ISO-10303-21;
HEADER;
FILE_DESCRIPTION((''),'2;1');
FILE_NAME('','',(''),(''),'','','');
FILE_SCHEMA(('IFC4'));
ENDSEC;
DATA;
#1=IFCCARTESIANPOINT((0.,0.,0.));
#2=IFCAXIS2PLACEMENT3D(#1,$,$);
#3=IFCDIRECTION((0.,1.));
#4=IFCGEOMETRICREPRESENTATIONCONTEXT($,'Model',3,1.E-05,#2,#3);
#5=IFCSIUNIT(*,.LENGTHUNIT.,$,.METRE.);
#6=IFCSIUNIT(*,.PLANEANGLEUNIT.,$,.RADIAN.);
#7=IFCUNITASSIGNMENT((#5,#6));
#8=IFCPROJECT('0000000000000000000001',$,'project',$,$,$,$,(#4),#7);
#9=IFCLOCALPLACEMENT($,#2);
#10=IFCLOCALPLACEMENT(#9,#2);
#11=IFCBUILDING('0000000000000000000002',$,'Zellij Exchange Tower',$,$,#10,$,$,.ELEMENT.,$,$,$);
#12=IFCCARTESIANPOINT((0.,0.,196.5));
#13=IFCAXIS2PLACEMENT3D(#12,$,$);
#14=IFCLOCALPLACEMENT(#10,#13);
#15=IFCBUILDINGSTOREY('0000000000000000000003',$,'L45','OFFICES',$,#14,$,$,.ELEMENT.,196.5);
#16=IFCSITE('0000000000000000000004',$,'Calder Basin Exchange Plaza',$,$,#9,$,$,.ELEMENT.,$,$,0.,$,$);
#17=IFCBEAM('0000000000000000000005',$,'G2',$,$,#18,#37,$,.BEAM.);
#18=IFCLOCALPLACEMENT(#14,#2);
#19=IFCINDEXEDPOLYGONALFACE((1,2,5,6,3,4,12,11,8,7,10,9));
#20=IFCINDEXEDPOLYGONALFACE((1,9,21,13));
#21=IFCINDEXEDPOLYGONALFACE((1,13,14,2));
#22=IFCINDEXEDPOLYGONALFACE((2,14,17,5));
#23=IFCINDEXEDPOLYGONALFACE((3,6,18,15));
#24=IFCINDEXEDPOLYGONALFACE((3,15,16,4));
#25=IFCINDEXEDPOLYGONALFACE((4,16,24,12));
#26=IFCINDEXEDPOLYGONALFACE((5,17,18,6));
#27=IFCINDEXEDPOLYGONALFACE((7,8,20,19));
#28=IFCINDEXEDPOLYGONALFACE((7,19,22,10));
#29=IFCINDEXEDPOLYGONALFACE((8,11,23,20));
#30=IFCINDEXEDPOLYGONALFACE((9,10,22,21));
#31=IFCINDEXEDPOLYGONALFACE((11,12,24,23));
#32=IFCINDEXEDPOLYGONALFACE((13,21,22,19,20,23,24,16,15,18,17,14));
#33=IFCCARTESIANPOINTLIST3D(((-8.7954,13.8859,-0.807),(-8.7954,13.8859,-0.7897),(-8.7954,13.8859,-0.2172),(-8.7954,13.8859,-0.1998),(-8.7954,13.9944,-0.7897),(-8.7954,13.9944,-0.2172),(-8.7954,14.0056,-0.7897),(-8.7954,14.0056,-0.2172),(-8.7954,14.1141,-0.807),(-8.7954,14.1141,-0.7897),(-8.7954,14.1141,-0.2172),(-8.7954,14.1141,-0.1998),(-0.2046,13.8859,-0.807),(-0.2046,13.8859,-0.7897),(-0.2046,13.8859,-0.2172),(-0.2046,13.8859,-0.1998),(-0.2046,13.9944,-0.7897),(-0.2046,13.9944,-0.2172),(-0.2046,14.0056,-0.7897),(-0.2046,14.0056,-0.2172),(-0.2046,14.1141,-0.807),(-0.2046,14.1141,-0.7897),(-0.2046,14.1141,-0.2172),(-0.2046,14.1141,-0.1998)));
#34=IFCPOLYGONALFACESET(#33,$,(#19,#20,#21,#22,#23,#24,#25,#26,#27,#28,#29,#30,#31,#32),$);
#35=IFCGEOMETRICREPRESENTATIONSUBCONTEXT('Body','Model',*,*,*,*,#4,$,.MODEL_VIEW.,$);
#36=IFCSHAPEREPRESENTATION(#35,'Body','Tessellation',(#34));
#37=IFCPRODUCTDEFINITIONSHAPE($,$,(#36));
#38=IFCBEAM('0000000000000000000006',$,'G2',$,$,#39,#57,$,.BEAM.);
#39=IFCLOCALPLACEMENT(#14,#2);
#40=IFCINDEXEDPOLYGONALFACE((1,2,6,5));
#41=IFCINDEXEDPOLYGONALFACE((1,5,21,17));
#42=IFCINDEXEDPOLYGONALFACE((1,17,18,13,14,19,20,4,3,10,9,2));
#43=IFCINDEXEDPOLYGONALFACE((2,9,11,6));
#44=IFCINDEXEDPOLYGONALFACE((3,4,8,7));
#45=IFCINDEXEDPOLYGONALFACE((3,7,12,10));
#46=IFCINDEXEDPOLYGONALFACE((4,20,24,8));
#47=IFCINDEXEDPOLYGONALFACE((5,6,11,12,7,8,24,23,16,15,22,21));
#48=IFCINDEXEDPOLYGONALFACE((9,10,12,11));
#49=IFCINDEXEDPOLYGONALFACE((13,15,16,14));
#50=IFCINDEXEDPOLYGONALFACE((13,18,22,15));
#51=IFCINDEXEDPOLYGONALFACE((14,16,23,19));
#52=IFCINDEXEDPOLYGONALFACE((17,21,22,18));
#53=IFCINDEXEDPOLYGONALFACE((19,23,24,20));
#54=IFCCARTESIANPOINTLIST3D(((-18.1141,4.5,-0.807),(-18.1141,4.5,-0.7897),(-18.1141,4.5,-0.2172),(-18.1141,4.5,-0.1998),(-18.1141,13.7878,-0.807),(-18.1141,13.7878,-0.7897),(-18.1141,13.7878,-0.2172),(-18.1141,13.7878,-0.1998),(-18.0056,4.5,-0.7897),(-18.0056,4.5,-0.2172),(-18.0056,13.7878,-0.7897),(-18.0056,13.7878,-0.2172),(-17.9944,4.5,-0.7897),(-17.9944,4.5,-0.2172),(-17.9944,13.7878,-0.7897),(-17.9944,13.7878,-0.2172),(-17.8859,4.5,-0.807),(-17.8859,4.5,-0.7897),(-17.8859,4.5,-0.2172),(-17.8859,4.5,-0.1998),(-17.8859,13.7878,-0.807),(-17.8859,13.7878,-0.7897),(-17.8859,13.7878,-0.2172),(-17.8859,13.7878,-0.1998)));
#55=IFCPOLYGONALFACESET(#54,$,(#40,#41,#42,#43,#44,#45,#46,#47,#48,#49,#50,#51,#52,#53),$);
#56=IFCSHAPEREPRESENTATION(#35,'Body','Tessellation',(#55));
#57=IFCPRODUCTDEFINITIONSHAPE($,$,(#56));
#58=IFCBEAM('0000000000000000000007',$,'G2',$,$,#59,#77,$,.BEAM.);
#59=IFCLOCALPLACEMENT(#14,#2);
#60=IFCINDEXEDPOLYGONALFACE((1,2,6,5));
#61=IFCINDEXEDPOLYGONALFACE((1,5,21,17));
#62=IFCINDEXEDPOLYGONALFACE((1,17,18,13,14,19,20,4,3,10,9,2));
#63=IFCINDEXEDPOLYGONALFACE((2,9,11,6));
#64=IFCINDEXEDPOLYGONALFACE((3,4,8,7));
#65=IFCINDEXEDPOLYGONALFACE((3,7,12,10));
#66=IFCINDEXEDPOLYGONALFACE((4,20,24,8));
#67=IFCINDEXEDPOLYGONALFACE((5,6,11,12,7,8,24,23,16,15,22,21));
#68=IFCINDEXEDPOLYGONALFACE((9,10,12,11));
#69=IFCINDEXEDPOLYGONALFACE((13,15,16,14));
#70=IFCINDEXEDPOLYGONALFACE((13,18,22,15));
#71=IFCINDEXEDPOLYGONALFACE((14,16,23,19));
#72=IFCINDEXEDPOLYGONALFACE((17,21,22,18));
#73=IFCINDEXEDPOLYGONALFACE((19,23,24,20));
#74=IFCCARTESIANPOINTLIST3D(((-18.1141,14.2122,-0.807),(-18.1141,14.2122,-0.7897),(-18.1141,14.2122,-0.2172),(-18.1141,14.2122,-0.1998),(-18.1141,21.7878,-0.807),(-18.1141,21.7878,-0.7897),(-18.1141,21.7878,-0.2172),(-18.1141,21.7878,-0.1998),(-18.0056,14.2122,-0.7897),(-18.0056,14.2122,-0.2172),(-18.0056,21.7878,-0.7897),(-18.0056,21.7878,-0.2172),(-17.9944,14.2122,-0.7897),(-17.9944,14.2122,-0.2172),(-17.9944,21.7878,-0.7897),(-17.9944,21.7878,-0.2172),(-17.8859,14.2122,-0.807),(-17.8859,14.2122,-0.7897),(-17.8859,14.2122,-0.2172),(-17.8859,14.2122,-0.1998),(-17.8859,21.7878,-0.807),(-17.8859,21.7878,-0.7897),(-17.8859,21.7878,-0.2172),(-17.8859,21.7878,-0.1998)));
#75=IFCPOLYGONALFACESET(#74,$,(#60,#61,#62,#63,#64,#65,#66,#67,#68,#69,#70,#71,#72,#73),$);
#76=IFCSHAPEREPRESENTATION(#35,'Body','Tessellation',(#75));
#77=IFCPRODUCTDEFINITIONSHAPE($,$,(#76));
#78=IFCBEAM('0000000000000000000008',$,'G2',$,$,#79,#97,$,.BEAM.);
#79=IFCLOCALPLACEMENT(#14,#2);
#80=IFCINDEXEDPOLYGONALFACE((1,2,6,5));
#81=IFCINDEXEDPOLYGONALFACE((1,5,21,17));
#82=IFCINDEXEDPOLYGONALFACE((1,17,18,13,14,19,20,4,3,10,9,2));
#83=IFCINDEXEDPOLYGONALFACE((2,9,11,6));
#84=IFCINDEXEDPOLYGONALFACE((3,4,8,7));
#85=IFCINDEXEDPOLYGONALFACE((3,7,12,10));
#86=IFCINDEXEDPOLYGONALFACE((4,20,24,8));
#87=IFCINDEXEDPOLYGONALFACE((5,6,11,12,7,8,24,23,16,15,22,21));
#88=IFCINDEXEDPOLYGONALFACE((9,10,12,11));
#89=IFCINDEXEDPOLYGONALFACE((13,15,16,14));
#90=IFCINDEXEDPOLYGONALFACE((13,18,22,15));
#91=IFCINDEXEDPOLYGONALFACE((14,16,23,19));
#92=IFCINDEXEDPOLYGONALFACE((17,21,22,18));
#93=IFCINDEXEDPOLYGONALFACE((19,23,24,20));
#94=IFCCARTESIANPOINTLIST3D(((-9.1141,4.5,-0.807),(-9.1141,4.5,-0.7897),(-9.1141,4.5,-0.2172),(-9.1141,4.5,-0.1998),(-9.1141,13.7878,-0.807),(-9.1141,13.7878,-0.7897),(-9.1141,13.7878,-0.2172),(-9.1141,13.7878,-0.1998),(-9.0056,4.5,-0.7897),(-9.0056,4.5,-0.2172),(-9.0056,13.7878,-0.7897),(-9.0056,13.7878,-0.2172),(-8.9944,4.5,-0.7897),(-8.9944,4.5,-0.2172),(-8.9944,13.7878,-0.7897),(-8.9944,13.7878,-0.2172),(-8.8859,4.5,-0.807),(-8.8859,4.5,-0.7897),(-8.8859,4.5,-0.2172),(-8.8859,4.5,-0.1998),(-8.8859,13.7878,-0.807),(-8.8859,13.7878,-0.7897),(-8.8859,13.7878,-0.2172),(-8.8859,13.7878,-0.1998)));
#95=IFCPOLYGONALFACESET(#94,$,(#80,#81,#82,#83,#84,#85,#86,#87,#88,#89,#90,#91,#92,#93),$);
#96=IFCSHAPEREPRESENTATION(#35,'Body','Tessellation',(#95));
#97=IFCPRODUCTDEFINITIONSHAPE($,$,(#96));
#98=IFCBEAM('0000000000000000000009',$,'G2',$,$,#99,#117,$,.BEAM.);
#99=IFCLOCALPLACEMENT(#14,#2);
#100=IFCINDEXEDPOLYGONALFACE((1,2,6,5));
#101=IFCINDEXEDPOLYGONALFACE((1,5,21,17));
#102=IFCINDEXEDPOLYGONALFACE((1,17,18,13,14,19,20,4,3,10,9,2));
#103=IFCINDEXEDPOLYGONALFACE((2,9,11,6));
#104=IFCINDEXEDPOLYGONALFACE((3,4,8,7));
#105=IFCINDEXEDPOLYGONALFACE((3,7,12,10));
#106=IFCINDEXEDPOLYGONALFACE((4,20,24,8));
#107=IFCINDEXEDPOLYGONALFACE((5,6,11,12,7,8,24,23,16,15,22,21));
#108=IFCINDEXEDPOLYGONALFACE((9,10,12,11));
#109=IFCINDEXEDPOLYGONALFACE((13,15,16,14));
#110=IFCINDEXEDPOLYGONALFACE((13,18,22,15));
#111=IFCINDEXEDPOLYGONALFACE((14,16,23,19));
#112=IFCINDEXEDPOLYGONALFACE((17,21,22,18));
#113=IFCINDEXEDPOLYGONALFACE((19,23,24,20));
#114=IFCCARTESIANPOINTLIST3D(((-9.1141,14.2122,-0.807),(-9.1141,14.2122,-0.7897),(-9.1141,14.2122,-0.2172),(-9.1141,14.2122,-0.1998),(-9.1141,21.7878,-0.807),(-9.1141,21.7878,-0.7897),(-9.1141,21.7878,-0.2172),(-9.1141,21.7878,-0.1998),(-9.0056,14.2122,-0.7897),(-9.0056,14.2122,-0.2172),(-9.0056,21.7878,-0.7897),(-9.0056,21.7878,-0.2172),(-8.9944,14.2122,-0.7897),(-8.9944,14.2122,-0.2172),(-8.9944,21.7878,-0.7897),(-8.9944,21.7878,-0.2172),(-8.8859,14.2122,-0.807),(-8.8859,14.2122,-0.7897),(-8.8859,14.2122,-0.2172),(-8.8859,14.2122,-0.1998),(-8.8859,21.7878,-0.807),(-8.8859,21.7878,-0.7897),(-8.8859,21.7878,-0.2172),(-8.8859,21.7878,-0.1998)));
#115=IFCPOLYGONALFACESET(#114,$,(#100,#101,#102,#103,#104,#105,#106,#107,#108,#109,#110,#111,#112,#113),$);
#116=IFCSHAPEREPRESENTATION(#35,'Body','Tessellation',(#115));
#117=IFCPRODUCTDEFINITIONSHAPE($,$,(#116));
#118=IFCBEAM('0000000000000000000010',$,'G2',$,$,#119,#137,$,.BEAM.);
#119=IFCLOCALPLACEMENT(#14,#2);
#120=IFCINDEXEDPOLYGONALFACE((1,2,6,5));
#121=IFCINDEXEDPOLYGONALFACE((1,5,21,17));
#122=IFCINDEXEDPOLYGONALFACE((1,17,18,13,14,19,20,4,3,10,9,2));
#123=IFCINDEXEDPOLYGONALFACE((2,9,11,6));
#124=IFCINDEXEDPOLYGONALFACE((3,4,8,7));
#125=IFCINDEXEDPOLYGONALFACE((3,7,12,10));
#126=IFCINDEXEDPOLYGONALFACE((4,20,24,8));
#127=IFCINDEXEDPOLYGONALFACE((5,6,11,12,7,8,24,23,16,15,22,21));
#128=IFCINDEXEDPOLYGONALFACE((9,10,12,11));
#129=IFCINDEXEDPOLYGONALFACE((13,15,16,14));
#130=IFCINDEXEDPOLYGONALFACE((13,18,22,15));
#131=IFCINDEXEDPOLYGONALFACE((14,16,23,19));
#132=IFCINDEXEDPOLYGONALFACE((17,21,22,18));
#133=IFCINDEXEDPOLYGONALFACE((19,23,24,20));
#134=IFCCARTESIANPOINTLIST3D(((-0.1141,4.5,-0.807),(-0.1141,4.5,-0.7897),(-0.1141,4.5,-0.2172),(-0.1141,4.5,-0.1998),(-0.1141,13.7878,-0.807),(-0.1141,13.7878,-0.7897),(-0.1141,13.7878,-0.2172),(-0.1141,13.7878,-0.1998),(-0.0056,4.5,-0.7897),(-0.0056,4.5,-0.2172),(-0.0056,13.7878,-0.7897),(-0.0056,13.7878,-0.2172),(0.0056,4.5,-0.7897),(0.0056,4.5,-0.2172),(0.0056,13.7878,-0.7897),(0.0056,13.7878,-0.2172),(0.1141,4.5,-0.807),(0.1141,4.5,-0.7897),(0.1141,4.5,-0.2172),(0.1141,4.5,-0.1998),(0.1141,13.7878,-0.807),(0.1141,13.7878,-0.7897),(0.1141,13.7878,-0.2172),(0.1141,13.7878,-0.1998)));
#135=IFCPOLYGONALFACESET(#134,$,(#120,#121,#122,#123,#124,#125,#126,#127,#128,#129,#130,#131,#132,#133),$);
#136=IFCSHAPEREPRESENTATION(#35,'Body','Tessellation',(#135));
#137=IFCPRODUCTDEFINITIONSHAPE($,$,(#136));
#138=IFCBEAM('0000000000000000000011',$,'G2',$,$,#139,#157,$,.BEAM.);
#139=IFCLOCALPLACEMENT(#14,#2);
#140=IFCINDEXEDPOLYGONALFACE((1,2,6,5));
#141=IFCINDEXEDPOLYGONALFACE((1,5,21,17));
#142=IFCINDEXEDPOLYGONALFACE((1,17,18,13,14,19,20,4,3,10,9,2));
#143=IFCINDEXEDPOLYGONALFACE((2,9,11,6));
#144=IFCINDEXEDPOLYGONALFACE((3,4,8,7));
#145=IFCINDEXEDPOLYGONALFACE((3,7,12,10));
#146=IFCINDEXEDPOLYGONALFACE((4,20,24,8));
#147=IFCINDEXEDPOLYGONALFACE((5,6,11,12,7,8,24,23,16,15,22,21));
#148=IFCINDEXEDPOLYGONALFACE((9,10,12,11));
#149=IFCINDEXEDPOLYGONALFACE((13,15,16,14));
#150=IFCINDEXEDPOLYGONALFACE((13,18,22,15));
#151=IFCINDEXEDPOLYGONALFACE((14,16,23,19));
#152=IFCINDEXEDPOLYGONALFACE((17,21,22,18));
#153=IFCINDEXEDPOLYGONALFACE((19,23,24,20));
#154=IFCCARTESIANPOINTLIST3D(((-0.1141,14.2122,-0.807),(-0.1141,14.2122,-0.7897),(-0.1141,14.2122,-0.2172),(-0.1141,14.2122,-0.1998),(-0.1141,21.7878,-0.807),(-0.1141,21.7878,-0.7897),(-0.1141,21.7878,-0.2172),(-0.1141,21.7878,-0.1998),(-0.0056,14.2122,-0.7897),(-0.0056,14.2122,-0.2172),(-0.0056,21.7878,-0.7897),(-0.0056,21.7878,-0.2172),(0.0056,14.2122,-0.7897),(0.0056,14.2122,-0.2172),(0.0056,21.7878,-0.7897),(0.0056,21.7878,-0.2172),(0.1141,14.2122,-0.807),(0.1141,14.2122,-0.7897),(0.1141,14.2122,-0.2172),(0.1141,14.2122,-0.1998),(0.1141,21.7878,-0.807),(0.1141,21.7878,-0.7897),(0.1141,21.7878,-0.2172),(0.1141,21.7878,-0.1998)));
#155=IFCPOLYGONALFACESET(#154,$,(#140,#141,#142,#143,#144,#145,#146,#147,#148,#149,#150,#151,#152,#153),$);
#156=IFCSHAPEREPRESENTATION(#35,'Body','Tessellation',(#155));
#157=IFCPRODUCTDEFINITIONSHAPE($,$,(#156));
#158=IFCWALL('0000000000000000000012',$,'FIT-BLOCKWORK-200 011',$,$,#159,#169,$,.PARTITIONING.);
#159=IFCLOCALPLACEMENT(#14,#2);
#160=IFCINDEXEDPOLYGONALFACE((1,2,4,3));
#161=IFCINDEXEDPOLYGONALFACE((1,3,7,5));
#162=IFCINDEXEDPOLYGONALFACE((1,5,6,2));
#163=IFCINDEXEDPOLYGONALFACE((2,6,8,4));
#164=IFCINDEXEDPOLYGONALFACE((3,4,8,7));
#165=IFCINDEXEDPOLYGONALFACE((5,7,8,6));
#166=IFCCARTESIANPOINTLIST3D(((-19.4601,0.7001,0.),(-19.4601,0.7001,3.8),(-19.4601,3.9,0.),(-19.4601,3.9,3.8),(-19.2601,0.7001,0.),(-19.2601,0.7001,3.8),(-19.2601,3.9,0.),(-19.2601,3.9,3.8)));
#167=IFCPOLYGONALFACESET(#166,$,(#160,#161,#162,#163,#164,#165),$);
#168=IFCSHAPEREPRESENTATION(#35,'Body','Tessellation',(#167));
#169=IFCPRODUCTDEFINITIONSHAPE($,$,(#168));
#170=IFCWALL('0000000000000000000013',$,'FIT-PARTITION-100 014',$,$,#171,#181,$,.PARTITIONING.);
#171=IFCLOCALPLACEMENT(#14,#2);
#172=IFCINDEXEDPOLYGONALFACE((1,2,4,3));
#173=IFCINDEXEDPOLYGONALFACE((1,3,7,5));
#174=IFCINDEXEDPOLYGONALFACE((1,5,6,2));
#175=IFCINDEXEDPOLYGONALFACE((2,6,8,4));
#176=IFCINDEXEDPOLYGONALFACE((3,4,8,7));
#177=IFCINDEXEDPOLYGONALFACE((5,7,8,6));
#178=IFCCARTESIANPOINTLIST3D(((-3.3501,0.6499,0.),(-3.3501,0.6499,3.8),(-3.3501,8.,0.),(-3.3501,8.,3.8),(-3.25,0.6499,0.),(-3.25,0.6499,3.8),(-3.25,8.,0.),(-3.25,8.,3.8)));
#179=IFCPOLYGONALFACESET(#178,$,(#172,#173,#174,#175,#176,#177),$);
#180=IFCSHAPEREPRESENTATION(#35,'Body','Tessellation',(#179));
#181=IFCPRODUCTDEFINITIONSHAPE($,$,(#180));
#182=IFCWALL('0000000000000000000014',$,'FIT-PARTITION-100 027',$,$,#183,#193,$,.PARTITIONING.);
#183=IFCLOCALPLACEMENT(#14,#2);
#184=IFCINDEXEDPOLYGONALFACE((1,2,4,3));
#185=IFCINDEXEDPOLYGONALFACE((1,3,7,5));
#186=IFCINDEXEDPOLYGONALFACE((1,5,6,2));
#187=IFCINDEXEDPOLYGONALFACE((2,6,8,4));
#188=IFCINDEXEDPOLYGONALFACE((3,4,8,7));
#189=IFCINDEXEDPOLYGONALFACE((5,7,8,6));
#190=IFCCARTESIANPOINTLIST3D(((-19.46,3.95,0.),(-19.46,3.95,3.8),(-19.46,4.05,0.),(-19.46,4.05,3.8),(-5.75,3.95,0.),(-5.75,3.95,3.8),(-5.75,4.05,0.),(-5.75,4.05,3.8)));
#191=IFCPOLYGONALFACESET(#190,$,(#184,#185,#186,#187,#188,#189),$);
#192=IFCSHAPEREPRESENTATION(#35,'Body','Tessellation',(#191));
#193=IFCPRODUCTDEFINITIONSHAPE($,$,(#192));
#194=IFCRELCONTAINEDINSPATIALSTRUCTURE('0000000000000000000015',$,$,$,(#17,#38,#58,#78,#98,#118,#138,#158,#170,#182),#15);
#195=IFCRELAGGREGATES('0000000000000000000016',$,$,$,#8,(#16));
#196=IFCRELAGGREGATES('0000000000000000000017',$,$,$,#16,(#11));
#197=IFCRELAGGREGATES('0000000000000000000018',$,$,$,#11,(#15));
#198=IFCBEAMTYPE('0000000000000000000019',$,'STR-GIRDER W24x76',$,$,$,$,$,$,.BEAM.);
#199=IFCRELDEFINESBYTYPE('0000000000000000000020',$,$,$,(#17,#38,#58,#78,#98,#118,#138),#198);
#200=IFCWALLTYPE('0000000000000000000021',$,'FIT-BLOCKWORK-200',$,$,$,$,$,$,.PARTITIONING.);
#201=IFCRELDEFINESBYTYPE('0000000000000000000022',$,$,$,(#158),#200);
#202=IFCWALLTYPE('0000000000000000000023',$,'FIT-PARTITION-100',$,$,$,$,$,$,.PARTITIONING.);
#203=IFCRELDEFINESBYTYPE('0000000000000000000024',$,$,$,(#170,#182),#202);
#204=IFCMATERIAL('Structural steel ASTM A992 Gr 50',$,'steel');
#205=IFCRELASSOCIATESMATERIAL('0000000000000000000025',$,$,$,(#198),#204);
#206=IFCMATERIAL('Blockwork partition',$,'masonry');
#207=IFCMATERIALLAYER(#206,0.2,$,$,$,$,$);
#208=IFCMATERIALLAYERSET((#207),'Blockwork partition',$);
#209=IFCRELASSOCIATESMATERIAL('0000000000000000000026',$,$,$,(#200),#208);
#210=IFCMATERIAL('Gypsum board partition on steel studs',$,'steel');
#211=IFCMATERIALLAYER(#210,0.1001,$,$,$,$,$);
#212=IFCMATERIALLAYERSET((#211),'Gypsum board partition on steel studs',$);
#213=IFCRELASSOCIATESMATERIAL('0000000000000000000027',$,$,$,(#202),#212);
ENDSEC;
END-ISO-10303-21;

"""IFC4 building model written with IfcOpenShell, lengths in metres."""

from ifc_helpers import new_model, si_unit, direction, frame, frame_2d, origin, origin_2d, place, context, subcontext, project, spatial, rectangle, i_section, extrude, material, layer, layer_set, material_profile, profile_set, type_object, element, save


model = new_model("IFC4")

# Units and contexts
model_context = context("Model", 3, precision=1e-05, world=origin(), true_north=direction((0.0, 1.0)))
body_context = subcontext(model_context, "Body", "Model", "MODEL_VIEW")
ifc_project = project(units=[si_unit("LENGTHUNIT", "METRE"), si_unit("PLANEANGLEUNIT", "RADIAN")], contexts=[model_context])

# Site, building, storey
site_placement = place(None, origin())
site = spatial("IfcSite", under=ifc_project, at=site_placement, Name="Calder Basin Exchange Plaza", CompositionType="ELEMENT", RefElevation=0.0)
building_placement = place(site_placement, origin())
building = spatial("IfcBuilding", under=site, at=building_placement, Name="Zellij Exchange Tower", CompositionType="ELEMENT")
storey_placement = place(building_placement, frame((0.0, 0.0, 196.5)))
storey = spatial("IfcBuildingStorey", under=building, at=storey_placement, Name="L45", Description="OFFICES", CompositionType="ELEMENT", Elevation=196.5)

# Beams
ifc_material_1 = material(Name="Structural steel ASTM A992 Gr 50", Category="steel")
ifc_material_profile_1 = material_profile(ifc_material_1, i_section(OverallWidth=0.2283, OverallDepth=0.6072, WebThickness=0.0112, FlangeThickness=0.0173, at=origin_2d()), Name="W24x76")
ifc_profile_set_1 = profile_set([ifc_material_profile_1], Name="Structural steel ASTM A992 Gr 50")
beam_type = type_object("IfcBeamType", Name="STR-GIRDER W24x76", PredefinedType="BEAM", material=ifc_profile_set_1)
for number, where, z_axis, x_axis, name in (
    (1, (-8.7954, 14.0, -0.5034), (1.0, 0.0, 0.0), (0.0, 1.0, 0.0), "G2"),
):
    element("IfcBeam", number, at=place(storey_placement, frame(where, z_axis=z_axis, x_axis=x_axis)), inside=storey, type_object=beam_type, Name=name, PredefinedType="BEAM", context=body_context, shape_type="SweptSolid", body=[
        extrude(i_section(OverallWidth=0.2283, OverallDepth=0.6072, WebThickness=0.0112, FlangeThickness=0.0173, at=origin_2d()), origin(), (0.0, 0.0, 1.0), 8.5908),
    ])
beam_1_placement = place(storey_placement, frame((-18.0, 4.5, -0.5034), z_axis=(0.0, 1.0, 0.0), x_axis=(-1.0, 0.0, 0.0)))
element("IfcBeam", 2, at=beam_1_placement, inside=storey, type_object=beam_type, Name="G2", PredefinedType="BEAM", context=body_context, shape_type="SweptSolid", body=[
    extrude(i_section(OverallWidth=0.2283, OverallDepth=0.6072, WebThickness=0.0112, FlangeThickness=0.0173, at=origin_2d()), origin(), (0.0, 0.0, 1.0), 9.2878),
])
beam_2_placement = place(storey_placement, frame((-18.0, 14.2122, -0.5034), z_axis=(0.0, 1.0, 0.0), x_axis=(-1.0, 0.0, 0.0)))
element("IfcBeam", 3, at=beam_2_placement, inside=storey, type_object=beam_type, Name="G2", PredefinedType="BEAM", context=body_context, shape_type="SweptSolid", body=[
    extrude(i_section(OverallWidth=0.2283, OverallDepth=0.6072, WebThickness=0.0112, FlangeThickness=0.0173, at=origin_2d()), origin(), (0.0, 0.0, 1.0), 7.5757),
])
beam_3_placement = place(storey_placement, frame((-9.0, 4.5, -0.5034), z_axis=(0.0, 1.0, 0.0), x_axis=(-1.0, 0.0, 0.0)))
element("IfcBeam", 4, at=beam_3_placement, inside=storey, type_object=beam_type, Name="G2", PredefinedType="BEAM", context=body_context, shape_type="SweptSolid", body=[
    extrude(i_section(OverallWidth=0.2283, OverallDepth=0.6072, WebThickness=0.0112, FlangeThickness=0.0173, at=origin_2d()), origin(), (0.0, 0.0, 1.0), 9.2878),
])
beam_4_placement = place(storey_placement, frame((-9.0, 14.2122, -0.5034), z_axis=(0.0, 1.0, 0.0), x_axis=(-1.0, 0.0, 0.0)))
element("IfcBeam", 5, at=beam_4_placement, inside=storey, type_object=beam_type, Name="G2", PredefinedType="BEAM", context=body_context, shape_type="SweptSolid", body=[
    extrude(i_section(OverallWidth=0.2283, OverallDepth=0.6072, WebThickness=0.0112, FlangeThickness=0.0173, at=origin_2d()), origin(), (0.0, 0.0, 1.0), 7.5757),
])
beam_5_placement = place(storey_placement, frame((0.0, 4.5, -0.5034), z_axis=(0.0, 1.0, 0.0), x_axis=(-1.0, 0.0, 0.0)))
element("IfcBeam", 6, at=beam_5_placement, inside=storey, type_object=beam_type, Name="G2", PredefinedType="BEAM", context=body_context, shape_type="SweptSolid", body=[
    extrude(i_section(OverallWidth=0.2283, OverallDepth=0.6072, WebThickness=0.0112, FlangeThickness=0.0173, at=origin_2d()), origin(), (0.0, 0.0, 1.0), 9.2878),
])
beam_6_placement = place(storey_placement, frame((0.0, 14.2122, -0.5034), z_axis=(0.0, 1.0, 0.0), x_axis=(-1.0, 0.0, 0.0)))
element("IfcBeam", 7, at=beam_6_placement, inside=storey, type_object=beam_type, Name="G2", PredefinedType="BEAM", context=body_context, shape_type="SweptSolid", body=[
    extrude(i_section(OverallWidth=0.2283, OverallDepth=0.6072, WebThickness=0.0112, FlangeThickness=0.0173, at=origin_2d()), origin(), (0.0, 0.0, 1.0), 7.5757),
])

# Walls
ifc_material_2 = material(Name="Blockwork partition", Category="masonry")
ifc_layer_1 = layer(ifc_material_2, 0.2)
ifc_layer_set_1 = layer_set([ifc_layer_1], Name="Blockwork partition")
wall_type_1 = type_object("IfcWallType", Name="FIT-BLOCKWORK-200", PredefinedType="PARTITIONING", material=ifc_layer_set_1)
wall_1_placement = place(storey_placement, frame((-19.3601, 0.7, 0.0), z_axis=(0.0, 0.0, 1.0), x_axis=(0.0, 1.0, 0.0)))
element("IfcWall", 8, at=wall_1_placement, inside=storey, type_object=wall_type_1, Name="FIT-BLOCKWORK-200 011", PredefinedType="PARTITIONING", context=body_context, shape_type="SweptSolid", body=[
    extrude(rectangle(XDim=3.2, YDim=0.2, at=frame_2d((1.6001, 0.0))), origin(), (0.0, 0.0, 1.0), 3.8),
])
ifc_material_3 = material(Name="Gypsum board partition on steel studs", Category="steel")
ifc_layer_2 = layer(ifc_material_3, 0.1001)
ifc_layer_set_2 = layer_set([ifc_layer_2], Name="Gypsum board partition on steel studs")
wall_type_2 = type_object("IfcWallType", Name="FIT-PARTITION-100", PredefinedType="PARTITIONING", material=ifc_layer_set_2)
wall_2_placement = place(storey_placement, frame((-3.3, 0.6499, 0.0), z_axis=(0.0, 0.0, 1.0), x_axis=(0.0, 1.0, 0.0)))
element("IfcWall", 9, at=wall_2_placement, inside=storey, type_object=wall_type_2, Name="FIT-PARTITION-100 014", PredefinedType="PARTITIONING", context=body_context, shape_type="SweptSolid", body=[
    extrude(rectangle(XDim=7.3501, YDim=0.1001, at=frame_2d((3.675, 0.0))), origin(), (0.0, 0.0, 1.0), 3.8),
])
wall_3_placement = place(storey_placement, frame((-19.46, 4.0, 0.0), z_axis=(0.0, 0.0, 1.0), x_axis=(1.0, 0.0, 0.0)))
element("IfcWall", 10, at=wall_3_placement, inside=storey, type_object=wall_type_2, Name="FIT-PARTITION-100 027", PredefinedType="PARTITIONING", context=body_context, shape_type="SweptSolid", body=[
    extrude(rectangle(XDim=13.71, YDim=0.1001, at=frame_2d((6.855, 0.0))), origin(), (0.0, 0.0, 1.0), 3.8),
])

save(model, "model.ifc")
